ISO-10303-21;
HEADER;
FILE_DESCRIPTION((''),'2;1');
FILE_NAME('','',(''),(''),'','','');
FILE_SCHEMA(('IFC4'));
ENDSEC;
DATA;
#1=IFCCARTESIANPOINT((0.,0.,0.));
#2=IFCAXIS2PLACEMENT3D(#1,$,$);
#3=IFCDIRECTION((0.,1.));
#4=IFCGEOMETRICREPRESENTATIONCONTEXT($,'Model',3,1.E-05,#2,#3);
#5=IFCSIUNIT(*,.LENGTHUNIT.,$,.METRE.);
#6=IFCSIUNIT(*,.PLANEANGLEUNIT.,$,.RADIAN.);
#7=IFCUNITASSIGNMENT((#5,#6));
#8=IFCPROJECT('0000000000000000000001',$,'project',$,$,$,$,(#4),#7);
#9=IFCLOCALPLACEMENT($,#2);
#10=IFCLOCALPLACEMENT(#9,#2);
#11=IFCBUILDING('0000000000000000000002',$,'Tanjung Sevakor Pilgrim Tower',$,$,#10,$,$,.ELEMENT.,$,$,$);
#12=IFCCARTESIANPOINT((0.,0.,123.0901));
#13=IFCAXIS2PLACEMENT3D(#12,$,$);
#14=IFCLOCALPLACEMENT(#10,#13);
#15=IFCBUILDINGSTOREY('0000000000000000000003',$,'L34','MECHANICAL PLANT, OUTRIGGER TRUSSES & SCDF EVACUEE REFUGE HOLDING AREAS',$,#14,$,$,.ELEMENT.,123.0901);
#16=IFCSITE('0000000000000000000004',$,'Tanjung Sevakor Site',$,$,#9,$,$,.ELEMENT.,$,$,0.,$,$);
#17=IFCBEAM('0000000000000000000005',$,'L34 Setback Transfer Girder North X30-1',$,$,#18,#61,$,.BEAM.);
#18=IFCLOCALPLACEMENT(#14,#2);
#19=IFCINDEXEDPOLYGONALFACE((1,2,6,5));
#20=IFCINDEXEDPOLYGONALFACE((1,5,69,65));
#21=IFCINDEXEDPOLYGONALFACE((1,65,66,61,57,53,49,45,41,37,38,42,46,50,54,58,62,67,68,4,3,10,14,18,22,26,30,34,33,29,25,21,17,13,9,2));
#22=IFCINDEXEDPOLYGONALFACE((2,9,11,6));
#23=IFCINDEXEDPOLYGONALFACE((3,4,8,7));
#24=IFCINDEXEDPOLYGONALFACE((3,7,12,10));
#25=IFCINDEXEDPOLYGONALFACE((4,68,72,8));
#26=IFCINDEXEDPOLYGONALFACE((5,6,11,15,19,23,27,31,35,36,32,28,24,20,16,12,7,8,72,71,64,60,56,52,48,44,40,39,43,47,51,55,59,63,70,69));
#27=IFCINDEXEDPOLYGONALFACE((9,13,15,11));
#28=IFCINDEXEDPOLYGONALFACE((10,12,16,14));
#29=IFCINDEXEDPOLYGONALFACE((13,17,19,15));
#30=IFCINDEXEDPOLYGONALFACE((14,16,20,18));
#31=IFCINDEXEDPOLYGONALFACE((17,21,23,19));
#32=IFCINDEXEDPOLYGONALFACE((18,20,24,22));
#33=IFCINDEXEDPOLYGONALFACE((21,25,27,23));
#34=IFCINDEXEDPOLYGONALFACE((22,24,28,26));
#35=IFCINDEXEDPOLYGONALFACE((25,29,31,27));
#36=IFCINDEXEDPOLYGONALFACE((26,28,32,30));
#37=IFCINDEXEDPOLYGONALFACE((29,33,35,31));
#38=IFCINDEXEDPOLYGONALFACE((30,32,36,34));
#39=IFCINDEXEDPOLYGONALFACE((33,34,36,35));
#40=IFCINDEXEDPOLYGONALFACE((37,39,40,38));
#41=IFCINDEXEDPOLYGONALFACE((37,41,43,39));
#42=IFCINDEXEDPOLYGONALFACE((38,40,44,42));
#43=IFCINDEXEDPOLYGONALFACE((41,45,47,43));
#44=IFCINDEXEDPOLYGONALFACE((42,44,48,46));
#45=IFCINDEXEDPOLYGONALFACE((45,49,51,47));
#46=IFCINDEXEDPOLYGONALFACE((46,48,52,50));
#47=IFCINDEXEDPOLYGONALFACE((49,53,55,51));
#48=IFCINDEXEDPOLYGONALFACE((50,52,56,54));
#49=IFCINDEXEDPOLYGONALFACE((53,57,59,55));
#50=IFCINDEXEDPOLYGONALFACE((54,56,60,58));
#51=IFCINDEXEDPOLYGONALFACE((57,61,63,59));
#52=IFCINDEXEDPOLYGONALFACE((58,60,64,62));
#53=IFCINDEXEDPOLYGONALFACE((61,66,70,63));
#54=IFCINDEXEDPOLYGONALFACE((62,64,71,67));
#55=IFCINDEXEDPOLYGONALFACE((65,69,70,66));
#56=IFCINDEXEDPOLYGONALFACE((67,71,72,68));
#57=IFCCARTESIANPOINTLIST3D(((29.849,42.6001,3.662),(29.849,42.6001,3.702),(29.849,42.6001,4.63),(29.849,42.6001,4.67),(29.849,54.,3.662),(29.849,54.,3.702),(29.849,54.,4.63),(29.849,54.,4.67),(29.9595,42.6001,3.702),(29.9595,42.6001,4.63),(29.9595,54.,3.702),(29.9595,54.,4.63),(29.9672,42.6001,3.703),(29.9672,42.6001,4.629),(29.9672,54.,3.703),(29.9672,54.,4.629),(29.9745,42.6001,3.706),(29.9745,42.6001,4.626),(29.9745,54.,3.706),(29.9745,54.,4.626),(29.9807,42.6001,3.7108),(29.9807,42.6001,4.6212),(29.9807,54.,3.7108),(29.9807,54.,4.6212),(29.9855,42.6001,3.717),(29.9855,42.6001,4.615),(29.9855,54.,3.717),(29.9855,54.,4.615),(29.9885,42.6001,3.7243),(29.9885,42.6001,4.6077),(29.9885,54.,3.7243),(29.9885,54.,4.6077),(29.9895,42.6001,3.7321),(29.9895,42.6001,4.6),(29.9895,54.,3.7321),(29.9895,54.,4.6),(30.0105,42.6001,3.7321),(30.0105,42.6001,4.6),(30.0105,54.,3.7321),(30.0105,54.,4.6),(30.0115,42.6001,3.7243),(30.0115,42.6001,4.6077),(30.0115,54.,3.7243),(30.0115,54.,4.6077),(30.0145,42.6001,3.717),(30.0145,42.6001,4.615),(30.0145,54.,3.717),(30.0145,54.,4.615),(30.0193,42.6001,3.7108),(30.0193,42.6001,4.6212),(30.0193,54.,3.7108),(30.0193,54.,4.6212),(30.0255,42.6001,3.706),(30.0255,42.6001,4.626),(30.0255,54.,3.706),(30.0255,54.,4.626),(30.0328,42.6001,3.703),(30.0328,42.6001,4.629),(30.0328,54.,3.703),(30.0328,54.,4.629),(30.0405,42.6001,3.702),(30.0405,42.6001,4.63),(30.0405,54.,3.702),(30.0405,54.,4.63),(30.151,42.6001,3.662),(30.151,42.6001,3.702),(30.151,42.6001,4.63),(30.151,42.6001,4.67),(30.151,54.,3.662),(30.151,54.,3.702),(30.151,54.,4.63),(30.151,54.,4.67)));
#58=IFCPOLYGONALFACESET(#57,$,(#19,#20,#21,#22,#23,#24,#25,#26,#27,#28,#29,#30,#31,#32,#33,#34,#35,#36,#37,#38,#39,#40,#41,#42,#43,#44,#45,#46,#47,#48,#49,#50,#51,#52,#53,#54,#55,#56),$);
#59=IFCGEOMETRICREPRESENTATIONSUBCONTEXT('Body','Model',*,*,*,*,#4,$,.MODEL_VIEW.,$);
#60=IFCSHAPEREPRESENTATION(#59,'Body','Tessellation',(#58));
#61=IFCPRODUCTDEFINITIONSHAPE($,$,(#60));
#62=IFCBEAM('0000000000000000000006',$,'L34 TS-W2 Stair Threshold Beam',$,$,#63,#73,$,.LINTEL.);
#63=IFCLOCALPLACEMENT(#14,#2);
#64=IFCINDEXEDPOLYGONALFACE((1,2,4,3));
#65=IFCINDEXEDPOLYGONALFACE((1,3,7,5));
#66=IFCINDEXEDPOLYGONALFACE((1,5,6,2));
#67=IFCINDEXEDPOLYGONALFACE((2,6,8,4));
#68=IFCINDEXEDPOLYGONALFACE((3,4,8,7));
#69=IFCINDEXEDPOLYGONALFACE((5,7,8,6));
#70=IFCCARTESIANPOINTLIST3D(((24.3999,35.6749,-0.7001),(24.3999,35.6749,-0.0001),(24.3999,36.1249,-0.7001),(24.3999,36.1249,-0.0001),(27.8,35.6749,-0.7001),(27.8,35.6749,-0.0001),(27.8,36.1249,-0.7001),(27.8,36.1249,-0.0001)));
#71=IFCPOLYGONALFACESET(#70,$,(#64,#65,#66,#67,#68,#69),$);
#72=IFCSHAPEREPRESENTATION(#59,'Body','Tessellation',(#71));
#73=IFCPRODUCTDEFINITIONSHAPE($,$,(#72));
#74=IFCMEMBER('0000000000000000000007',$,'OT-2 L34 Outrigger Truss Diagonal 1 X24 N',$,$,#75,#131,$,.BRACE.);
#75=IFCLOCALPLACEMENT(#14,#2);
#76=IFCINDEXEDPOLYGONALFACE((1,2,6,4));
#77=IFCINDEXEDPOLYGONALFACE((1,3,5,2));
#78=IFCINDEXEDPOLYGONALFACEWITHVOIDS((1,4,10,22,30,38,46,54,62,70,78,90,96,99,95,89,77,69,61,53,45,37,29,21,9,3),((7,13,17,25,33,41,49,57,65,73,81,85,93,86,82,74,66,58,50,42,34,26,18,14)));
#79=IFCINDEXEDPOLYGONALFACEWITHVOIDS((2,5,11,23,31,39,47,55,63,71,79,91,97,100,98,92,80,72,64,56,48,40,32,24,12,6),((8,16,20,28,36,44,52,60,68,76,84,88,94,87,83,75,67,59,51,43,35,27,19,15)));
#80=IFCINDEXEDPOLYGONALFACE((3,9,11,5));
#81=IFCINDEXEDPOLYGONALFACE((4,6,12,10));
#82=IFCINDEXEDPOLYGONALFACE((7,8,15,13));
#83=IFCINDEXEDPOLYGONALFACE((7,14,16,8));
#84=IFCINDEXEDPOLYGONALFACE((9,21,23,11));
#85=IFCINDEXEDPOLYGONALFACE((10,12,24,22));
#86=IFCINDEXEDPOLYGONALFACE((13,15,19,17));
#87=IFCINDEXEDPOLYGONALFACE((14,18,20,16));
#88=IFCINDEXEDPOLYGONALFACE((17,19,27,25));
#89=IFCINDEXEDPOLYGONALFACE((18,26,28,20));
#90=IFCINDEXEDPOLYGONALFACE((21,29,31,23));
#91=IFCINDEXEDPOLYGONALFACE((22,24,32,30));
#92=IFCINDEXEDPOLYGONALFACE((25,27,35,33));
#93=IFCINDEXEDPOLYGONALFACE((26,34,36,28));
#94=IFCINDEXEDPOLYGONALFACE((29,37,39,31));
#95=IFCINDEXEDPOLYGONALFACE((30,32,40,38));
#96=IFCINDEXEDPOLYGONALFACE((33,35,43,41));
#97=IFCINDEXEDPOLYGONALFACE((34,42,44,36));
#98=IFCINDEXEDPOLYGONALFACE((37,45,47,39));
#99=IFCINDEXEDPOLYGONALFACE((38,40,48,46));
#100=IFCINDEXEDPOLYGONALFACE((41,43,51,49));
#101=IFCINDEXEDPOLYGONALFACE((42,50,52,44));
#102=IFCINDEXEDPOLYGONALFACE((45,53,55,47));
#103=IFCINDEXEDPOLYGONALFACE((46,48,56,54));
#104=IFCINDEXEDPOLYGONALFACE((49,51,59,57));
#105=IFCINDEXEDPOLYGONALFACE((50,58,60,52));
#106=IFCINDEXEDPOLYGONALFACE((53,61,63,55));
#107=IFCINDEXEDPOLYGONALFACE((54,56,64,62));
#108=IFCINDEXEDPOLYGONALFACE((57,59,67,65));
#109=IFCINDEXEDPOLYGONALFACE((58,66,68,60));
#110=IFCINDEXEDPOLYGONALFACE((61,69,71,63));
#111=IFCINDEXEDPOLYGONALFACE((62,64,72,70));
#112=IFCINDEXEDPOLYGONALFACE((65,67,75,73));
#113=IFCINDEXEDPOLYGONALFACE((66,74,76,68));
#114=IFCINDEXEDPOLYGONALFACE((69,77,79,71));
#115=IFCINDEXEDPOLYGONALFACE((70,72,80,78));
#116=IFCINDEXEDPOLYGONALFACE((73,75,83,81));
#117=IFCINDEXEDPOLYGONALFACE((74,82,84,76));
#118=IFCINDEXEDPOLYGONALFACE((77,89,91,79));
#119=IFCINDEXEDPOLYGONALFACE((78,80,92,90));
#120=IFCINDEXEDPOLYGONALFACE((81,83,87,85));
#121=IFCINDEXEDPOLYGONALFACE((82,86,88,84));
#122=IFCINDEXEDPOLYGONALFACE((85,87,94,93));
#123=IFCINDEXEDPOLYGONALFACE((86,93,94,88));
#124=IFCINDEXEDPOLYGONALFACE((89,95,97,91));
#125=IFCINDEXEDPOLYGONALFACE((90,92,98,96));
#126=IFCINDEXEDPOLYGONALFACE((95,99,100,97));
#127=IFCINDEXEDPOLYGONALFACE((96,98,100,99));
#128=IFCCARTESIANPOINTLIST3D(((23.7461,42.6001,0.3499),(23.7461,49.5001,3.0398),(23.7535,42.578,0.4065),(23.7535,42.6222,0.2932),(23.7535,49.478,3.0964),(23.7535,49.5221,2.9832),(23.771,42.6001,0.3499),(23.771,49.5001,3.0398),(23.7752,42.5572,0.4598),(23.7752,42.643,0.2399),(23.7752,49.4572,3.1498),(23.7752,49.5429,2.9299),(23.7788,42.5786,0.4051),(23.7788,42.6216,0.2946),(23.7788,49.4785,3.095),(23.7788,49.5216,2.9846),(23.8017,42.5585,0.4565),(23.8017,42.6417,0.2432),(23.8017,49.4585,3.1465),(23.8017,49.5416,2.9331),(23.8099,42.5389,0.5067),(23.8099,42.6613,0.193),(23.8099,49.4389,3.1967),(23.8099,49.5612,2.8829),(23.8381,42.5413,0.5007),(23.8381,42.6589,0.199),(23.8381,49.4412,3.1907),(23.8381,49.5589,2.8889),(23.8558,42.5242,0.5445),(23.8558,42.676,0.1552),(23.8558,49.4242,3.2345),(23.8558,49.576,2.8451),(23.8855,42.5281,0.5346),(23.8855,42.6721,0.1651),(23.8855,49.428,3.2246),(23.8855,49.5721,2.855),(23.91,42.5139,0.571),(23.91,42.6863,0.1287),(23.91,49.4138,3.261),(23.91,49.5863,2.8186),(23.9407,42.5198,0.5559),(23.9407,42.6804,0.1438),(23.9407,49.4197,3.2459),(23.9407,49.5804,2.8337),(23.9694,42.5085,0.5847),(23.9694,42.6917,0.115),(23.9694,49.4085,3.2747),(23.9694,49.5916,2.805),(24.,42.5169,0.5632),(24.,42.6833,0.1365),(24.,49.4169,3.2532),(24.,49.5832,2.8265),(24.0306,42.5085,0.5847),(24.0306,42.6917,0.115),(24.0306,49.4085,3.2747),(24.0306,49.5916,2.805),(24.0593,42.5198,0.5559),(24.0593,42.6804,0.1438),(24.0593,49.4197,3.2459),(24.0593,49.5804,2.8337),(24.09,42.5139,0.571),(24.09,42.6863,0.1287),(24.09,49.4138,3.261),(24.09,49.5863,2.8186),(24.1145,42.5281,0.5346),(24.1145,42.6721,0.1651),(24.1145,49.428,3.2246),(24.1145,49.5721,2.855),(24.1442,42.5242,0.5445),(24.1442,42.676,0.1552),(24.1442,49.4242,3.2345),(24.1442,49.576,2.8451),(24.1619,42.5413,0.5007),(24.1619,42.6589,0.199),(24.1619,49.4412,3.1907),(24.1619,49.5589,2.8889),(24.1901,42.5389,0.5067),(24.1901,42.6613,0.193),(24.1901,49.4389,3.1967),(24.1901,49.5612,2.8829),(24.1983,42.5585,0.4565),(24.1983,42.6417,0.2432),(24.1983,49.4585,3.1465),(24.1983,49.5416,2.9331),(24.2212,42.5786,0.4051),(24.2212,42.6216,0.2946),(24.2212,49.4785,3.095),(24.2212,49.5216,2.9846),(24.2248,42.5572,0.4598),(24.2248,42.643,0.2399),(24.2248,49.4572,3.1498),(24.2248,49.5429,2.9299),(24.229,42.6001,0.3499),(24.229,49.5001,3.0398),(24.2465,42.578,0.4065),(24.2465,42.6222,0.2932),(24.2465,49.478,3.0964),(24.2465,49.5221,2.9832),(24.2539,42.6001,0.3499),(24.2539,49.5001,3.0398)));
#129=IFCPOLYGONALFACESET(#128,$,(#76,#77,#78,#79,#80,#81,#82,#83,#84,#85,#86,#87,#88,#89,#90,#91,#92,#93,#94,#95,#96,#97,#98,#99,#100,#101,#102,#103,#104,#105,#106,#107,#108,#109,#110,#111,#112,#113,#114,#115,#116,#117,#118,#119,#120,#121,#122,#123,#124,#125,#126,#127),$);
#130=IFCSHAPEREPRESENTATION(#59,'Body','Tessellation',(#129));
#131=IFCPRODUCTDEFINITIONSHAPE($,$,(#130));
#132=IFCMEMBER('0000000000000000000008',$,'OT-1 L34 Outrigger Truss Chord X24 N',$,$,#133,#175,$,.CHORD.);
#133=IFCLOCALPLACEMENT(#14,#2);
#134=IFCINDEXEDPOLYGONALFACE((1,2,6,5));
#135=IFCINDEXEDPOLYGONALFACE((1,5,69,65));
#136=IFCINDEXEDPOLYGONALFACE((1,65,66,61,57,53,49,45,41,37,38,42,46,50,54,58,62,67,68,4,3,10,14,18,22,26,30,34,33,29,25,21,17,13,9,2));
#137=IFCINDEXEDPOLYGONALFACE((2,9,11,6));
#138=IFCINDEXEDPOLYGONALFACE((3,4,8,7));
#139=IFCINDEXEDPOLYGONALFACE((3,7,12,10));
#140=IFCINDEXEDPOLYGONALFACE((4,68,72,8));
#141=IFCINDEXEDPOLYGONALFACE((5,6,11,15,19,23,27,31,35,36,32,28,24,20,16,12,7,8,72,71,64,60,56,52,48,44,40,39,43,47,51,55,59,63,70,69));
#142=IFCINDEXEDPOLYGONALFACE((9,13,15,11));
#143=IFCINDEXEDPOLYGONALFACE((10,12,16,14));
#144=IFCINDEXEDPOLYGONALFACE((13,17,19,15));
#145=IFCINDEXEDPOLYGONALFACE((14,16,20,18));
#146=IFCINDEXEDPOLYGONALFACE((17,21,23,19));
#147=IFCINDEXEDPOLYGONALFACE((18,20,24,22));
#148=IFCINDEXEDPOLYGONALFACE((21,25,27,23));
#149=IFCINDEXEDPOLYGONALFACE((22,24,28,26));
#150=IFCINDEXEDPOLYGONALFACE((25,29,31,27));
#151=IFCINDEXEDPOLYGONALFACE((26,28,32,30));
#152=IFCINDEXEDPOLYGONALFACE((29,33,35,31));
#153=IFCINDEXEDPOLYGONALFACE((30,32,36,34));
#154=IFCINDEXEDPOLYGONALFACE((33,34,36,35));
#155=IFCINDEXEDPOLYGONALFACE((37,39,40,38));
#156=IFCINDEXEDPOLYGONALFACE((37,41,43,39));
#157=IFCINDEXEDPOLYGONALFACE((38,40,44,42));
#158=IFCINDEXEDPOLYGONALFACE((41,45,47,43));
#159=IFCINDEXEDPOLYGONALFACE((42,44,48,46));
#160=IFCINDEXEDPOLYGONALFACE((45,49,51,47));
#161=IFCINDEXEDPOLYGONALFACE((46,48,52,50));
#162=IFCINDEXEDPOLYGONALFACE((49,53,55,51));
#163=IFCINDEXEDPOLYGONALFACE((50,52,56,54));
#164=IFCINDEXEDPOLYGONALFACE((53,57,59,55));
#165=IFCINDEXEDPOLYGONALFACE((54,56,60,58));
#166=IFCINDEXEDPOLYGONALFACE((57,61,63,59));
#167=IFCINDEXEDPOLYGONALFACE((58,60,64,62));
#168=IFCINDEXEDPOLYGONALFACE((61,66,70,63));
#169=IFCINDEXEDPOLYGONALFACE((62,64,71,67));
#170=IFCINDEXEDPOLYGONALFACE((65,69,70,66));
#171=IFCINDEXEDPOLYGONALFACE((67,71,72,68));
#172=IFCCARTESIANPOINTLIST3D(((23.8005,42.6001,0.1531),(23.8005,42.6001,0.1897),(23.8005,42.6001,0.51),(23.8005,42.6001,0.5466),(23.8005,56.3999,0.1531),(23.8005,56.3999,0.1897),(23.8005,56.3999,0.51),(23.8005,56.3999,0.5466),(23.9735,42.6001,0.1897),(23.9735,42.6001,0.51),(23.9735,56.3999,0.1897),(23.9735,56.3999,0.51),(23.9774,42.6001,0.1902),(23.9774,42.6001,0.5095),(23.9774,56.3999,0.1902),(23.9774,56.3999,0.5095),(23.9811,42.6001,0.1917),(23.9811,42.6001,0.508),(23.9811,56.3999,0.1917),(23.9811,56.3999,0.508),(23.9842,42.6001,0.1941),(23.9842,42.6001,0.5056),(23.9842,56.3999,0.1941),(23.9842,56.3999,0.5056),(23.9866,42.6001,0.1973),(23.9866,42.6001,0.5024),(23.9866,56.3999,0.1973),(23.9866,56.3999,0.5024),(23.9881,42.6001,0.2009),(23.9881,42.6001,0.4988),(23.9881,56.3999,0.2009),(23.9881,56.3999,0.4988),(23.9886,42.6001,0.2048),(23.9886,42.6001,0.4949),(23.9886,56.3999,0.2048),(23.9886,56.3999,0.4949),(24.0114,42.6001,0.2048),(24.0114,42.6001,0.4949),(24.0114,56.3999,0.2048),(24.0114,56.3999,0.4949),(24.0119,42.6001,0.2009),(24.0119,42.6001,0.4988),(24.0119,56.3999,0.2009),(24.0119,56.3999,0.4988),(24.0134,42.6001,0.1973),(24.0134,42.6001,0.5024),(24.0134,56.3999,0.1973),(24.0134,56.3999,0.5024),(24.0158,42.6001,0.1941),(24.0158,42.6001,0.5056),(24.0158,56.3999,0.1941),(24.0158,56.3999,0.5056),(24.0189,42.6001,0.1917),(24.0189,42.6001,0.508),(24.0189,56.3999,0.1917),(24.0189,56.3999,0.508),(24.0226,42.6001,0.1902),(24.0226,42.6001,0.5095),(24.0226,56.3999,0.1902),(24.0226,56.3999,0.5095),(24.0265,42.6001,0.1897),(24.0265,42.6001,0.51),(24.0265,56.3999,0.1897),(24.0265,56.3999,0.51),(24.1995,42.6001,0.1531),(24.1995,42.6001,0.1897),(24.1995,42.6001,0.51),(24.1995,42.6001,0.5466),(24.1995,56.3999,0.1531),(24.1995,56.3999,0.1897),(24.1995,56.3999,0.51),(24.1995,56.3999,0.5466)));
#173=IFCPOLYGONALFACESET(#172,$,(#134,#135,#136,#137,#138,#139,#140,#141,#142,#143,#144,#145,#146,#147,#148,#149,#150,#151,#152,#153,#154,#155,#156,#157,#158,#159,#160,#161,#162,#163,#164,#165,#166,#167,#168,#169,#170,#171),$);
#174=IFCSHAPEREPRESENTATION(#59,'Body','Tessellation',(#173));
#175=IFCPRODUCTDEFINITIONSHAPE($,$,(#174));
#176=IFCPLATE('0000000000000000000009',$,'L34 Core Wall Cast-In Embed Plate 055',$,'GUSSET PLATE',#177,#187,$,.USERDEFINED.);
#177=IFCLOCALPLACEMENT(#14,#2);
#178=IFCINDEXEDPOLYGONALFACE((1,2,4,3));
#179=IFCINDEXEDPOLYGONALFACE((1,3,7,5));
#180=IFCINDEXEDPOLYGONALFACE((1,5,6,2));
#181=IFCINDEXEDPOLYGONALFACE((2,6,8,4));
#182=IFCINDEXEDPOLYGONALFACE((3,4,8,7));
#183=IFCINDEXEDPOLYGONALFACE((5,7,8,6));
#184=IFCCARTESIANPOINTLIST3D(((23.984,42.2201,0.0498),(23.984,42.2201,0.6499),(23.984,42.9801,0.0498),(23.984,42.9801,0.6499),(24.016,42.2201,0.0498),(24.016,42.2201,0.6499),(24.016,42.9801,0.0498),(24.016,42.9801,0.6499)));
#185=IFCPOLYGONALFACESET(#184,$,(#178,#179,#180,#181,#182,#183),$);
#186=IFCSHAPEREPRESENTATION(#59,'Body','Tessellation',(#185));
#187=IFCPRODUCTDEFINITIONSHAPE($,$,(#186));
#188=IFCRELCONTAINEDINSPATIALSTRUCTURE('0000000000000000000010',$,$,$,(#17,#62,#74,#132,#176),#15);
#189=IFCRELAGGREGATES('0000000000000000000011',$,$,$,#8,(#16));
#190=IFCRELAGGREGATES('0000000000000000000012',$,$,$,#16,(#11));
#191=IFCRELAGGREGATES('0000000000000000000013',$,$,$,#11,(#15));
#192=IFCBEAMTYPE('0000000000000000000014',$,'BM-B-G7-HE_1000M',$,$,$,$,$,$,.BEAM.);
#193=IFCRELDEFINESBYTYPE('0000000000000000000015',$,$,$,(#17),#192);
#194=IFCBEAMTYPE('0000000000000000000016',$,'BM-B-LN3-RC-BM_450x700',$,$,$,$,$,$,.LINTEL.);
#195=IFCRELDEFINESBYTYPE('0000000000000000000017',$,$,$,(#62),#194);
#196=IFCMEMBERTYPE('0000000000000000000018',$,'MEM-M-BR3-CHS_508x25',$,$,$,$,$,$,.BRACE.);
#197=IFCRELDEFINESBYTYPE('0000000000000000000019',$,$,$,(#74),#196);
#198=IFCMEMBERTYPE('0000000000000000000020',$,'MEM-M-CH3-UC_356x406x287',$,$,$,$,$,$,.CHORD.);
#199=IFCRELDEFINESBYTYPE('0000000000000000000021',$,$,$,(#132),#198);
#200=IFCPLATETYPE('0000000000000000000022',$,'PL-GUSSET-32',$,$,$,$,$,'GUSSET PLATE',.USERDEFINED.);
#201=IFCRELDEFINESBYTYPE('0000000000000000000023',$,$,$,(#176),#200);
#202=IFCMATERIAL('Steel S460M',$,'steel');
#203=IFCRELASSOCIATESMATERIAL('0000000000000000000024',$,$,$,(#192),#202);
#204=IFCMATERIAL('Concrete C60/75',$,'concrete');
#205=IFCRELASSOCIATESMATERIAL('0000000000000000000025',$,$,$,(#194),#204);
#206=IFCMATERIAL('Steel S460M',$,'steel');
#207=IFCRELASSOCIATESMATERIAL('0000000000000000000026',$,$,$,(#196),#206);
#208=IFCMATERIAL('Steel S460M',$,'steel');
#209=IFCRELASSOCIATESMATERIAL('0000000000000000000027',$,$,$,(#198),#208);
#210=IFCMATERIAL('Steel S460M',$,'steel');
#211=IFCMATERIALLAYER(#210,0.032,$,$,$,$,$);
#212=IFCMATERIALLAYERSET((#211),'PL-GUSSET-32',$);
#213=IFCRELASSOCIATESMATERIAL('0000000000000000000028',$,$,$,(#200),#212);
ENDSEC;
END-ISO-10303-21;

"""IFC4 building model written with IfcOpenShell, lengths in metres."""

from ifc_helpers import new_model, si_unit, direction, frame, origin, origin_2d, place, context, subcontext, project, spatial, rectangle, hollow_circle, i_section, extrude, material, layer, layer_set, material_profile, profile_set, type_object, element, save


model = new_model("IFC4")

# Units and contexts
model_context = context("Model", 3, precision=1e-05, world=origin(), true_north=direction((0.0, 1.0)))
body_context = subcontext(model_context, "Body", "Model", "MODEL_VIEW")
ifc_project = project(units=[si_unit("LENGTHUNIT", "METRE"), si_unit("PLANEANGLEUNIT", "RADIAN")], contexts=[model_context])

# Site, building, storey
site_placement = place(None, origin())
site = spatial("IfcSite", under=ifc_project, at=site_placement, Name="Tanjung Sevakor Site", CompositionType="ELEMENT", RefElevation=0.0)
building_placement = place(site_placement, origin())
building = spatial("IfcBuilding", under=site, at=building_placement, Name="Tanjung Sevakor Pilgrim Tower", CompositionType="ELEMENT")
storey_placement = place(building_placement, frame((0.0, 0.0, 123.0901)))
storey = spatial("IfcBuildingStorey", under=building, at=storey_placement, Name="L34", Description="MECHANICAL PLANT, OUTRIGGER TRUSSES & SCDF EVACUEE REFUGE HOLDING AREAS", CompositionType="ELEMENT", Elevation=123.0901)

# Beams
ifc_material_1 = material(Name="Steel S460M", Category="steel")
ifc_material_profile_1 = material_profile(ifc_material_1, i_section(OverallWidth=0.302, OverallDepth=1.0081, WebThickness=0.021, FlangeThickness=0.04, FilletRadius=0.03, at=origin_2d()))
ifc_profile_set_1 = profile_set([ifc_material_profile_1], Name="Steel S460M")
beam_type_1 = type_object("IfcBeamType", Name="BM-B-G7-HE_1000M", PredefinedType="BEAM", material=ifc_profile_set_1)
for number, where, z_axis, x_axis, name in (
    (1, (30.0, 42.6001, 4.166), (0.0, 1.0, 0.0), (-1.0, 0.0, 0.0), "L34 Setback Transfer Girder North X30-1"),
):
    element("IfcBeam", number, at=place(storey_placement, frame(where, z_axis=z_axis, x_axis=x_axis)), inside=storey, type_object=beam_type_1, Name=name, PredefinedType="BEAM", context=body_context, shape_type="SweptSolid", body=[
        extrude(i_section(OverallWidth=0.302, OverallDepth=1.0081, WebThickness=0.021, FlangeThickness=0.04, FilletRadius=0.03, at=origin_2d()), origin(), (0.0, 0.0, 1.0), 11.3999),
    ])
ifc_material_2 = material(Name="Concrete C60/75", Category="concrete")
ifc_material_profile_2 = material_profile(ifc_material_2, rectangle(XDim=0.45, YDim=0.7, at=origin_2d()))
ifc_profile_set_2 = profile_set([ifc_material_profile_2], Name="Concrete C60/75")
beam_type_2 = type_object("IfcBeamType", Name="BM-B-LN3-RC-BM_450x700", PredefinedType="LINTEL", material=ifc_profile_set_2)
beam_1_placement = place(storey_placement, frame((24.3999, 35.8999, -0.3501), z_axis=(1.0, 0.0, 0.0), x_axis=(0.0, 1.0, 0.0)))
element("IfcBeam", 2, at=beam_1_placement, inside=storey, type_object=beam_type_2, Name="L34 TS-W2 Stair Threshold Beam", PredefinedType="LINTEL", context=body_context, shape_type="SweptSolid", body=[
    extrude(rectangle(XDim=0.45, YDim=0.7, at=origin_2d()), origin(), (0.0, 0.0, 1.0), 3.4001),
])

# Members
ifc_material_3 = material(Name="Steel S460M", Category="steel")
ifc_material_profile_3 = material_profile(ifc_material_3, hollow_circle(Radius=0.2539, WallThickness=0.0249, at=origin_2d()))
ifc_profile_set_3 = profile_set([ifc_material_profile_3], Name="Steel S460M")
member_type_1 = type_object("IfcMemberType", Name="MEM-M-BR3-CHS_508x25", PredefinedType="BRACE", material=ifc_profile_set_3)
member_1_placement = place(storey_placement, frame((24.0, 42.6001, 0.3499), z_axis=(0.0, 0.931701, 0.363226), x_axis=(-1.0, 0.0, 0.0)))
element("IfcMember", 3, at=member_1_placement, inside=storey, type_object=member_type_1, Name="OT-2 L34 Outrigger Truss Diagonal 1 X24 N", PredefinedType="BRACE", context=body_context, shape_type="SweptSolid", body=[
    extrude(hollow_circle(Radius=0.2539, WallThickness=0.0249, at=origin_2d()), origin(), (0.0, 0.0, 1.0), 7.4058),
])
ifc_material_4 = material(Name="Steel S460M", Category="steel")
ifc_material_profile_4 = material_profile(ifc_material_4, i_section(OverallWidth=0.3989, OverallDepth=0.3936, WebThickness=0.0227, FlangeThickness=0.0366, FilletRadius=0.0151, at=origin_2d()))
ifc_profile_set_4 = profile_set([ifc_material_profile_4], Name="Steel S460M")
member_type_2 = type_object("IfcMemberType", Name="MEM-M-CH3-UC_356x406x287", PredefinedType="CHORD", material=ifc_profile_set_4)
member_2_placement = place(storey_placement, frame((24.0, 42.6001, 0.3499), z_axis=(0.0, 1.0, 0.0), x_axis=(-1.0, 0.0, 0.0)))
element("IfcMember", 4, at=member_2_placement, inside=storey, type_object=member_type_2, Name="OT-1 L34 Outrigger Truss Chord X24 N", PredefinedType="CHORD", context=body_context, shape_type="SweptSolid", body=[
    extrude(i_section(OverallWidth=0.3989, OverallDepth=0.3936, WebThickness=0.0227, FlangeThickness=0.0366, FilletRadius=0.0151, at=origin_2d()), origin(), (0.0, 0.0, 1.0), 13.7998),
])

# Plate
ifc_material_5 = material(Name="Steel S460M", Category="steel")
ifc_layer_1 = layer(ifc_material_5, 0.032)
ifc_layer_set_1 = layer_set([ifc_layer_1], Name="PL-GUSSET-32")
plate_type = type_object("IfcPlateType", Name="PL-GUSSET-32", ElementType="GUSSET PLATE", PredefinedType="USERDEFINED", material=ifc_layer_set_1)
plate_placement = place(storey_placement, frame((24.0, 42.6001, 0.0498), z_axis=(0.0, 0.0, 1.0), x_axis=(1.0, 0.0, 0.0)))
element("IfcPlate", 5, at=plate_placement, inside=storey, type_object=plate_type, Name="L34 Core Wall Cast-In Embed Plate 055", ObjectType="GUSSET PLATE", PredefinedType="USERDEFINED", context=body_context, shape_type="SweptSolid", body=[
    extrude(rectangle(XDim=0.032, YDim=0.76, at=origin_2d()), origin(), (0.0, 0.0, 1.0), 0.6001),
])

save(model, "model.ifc")
